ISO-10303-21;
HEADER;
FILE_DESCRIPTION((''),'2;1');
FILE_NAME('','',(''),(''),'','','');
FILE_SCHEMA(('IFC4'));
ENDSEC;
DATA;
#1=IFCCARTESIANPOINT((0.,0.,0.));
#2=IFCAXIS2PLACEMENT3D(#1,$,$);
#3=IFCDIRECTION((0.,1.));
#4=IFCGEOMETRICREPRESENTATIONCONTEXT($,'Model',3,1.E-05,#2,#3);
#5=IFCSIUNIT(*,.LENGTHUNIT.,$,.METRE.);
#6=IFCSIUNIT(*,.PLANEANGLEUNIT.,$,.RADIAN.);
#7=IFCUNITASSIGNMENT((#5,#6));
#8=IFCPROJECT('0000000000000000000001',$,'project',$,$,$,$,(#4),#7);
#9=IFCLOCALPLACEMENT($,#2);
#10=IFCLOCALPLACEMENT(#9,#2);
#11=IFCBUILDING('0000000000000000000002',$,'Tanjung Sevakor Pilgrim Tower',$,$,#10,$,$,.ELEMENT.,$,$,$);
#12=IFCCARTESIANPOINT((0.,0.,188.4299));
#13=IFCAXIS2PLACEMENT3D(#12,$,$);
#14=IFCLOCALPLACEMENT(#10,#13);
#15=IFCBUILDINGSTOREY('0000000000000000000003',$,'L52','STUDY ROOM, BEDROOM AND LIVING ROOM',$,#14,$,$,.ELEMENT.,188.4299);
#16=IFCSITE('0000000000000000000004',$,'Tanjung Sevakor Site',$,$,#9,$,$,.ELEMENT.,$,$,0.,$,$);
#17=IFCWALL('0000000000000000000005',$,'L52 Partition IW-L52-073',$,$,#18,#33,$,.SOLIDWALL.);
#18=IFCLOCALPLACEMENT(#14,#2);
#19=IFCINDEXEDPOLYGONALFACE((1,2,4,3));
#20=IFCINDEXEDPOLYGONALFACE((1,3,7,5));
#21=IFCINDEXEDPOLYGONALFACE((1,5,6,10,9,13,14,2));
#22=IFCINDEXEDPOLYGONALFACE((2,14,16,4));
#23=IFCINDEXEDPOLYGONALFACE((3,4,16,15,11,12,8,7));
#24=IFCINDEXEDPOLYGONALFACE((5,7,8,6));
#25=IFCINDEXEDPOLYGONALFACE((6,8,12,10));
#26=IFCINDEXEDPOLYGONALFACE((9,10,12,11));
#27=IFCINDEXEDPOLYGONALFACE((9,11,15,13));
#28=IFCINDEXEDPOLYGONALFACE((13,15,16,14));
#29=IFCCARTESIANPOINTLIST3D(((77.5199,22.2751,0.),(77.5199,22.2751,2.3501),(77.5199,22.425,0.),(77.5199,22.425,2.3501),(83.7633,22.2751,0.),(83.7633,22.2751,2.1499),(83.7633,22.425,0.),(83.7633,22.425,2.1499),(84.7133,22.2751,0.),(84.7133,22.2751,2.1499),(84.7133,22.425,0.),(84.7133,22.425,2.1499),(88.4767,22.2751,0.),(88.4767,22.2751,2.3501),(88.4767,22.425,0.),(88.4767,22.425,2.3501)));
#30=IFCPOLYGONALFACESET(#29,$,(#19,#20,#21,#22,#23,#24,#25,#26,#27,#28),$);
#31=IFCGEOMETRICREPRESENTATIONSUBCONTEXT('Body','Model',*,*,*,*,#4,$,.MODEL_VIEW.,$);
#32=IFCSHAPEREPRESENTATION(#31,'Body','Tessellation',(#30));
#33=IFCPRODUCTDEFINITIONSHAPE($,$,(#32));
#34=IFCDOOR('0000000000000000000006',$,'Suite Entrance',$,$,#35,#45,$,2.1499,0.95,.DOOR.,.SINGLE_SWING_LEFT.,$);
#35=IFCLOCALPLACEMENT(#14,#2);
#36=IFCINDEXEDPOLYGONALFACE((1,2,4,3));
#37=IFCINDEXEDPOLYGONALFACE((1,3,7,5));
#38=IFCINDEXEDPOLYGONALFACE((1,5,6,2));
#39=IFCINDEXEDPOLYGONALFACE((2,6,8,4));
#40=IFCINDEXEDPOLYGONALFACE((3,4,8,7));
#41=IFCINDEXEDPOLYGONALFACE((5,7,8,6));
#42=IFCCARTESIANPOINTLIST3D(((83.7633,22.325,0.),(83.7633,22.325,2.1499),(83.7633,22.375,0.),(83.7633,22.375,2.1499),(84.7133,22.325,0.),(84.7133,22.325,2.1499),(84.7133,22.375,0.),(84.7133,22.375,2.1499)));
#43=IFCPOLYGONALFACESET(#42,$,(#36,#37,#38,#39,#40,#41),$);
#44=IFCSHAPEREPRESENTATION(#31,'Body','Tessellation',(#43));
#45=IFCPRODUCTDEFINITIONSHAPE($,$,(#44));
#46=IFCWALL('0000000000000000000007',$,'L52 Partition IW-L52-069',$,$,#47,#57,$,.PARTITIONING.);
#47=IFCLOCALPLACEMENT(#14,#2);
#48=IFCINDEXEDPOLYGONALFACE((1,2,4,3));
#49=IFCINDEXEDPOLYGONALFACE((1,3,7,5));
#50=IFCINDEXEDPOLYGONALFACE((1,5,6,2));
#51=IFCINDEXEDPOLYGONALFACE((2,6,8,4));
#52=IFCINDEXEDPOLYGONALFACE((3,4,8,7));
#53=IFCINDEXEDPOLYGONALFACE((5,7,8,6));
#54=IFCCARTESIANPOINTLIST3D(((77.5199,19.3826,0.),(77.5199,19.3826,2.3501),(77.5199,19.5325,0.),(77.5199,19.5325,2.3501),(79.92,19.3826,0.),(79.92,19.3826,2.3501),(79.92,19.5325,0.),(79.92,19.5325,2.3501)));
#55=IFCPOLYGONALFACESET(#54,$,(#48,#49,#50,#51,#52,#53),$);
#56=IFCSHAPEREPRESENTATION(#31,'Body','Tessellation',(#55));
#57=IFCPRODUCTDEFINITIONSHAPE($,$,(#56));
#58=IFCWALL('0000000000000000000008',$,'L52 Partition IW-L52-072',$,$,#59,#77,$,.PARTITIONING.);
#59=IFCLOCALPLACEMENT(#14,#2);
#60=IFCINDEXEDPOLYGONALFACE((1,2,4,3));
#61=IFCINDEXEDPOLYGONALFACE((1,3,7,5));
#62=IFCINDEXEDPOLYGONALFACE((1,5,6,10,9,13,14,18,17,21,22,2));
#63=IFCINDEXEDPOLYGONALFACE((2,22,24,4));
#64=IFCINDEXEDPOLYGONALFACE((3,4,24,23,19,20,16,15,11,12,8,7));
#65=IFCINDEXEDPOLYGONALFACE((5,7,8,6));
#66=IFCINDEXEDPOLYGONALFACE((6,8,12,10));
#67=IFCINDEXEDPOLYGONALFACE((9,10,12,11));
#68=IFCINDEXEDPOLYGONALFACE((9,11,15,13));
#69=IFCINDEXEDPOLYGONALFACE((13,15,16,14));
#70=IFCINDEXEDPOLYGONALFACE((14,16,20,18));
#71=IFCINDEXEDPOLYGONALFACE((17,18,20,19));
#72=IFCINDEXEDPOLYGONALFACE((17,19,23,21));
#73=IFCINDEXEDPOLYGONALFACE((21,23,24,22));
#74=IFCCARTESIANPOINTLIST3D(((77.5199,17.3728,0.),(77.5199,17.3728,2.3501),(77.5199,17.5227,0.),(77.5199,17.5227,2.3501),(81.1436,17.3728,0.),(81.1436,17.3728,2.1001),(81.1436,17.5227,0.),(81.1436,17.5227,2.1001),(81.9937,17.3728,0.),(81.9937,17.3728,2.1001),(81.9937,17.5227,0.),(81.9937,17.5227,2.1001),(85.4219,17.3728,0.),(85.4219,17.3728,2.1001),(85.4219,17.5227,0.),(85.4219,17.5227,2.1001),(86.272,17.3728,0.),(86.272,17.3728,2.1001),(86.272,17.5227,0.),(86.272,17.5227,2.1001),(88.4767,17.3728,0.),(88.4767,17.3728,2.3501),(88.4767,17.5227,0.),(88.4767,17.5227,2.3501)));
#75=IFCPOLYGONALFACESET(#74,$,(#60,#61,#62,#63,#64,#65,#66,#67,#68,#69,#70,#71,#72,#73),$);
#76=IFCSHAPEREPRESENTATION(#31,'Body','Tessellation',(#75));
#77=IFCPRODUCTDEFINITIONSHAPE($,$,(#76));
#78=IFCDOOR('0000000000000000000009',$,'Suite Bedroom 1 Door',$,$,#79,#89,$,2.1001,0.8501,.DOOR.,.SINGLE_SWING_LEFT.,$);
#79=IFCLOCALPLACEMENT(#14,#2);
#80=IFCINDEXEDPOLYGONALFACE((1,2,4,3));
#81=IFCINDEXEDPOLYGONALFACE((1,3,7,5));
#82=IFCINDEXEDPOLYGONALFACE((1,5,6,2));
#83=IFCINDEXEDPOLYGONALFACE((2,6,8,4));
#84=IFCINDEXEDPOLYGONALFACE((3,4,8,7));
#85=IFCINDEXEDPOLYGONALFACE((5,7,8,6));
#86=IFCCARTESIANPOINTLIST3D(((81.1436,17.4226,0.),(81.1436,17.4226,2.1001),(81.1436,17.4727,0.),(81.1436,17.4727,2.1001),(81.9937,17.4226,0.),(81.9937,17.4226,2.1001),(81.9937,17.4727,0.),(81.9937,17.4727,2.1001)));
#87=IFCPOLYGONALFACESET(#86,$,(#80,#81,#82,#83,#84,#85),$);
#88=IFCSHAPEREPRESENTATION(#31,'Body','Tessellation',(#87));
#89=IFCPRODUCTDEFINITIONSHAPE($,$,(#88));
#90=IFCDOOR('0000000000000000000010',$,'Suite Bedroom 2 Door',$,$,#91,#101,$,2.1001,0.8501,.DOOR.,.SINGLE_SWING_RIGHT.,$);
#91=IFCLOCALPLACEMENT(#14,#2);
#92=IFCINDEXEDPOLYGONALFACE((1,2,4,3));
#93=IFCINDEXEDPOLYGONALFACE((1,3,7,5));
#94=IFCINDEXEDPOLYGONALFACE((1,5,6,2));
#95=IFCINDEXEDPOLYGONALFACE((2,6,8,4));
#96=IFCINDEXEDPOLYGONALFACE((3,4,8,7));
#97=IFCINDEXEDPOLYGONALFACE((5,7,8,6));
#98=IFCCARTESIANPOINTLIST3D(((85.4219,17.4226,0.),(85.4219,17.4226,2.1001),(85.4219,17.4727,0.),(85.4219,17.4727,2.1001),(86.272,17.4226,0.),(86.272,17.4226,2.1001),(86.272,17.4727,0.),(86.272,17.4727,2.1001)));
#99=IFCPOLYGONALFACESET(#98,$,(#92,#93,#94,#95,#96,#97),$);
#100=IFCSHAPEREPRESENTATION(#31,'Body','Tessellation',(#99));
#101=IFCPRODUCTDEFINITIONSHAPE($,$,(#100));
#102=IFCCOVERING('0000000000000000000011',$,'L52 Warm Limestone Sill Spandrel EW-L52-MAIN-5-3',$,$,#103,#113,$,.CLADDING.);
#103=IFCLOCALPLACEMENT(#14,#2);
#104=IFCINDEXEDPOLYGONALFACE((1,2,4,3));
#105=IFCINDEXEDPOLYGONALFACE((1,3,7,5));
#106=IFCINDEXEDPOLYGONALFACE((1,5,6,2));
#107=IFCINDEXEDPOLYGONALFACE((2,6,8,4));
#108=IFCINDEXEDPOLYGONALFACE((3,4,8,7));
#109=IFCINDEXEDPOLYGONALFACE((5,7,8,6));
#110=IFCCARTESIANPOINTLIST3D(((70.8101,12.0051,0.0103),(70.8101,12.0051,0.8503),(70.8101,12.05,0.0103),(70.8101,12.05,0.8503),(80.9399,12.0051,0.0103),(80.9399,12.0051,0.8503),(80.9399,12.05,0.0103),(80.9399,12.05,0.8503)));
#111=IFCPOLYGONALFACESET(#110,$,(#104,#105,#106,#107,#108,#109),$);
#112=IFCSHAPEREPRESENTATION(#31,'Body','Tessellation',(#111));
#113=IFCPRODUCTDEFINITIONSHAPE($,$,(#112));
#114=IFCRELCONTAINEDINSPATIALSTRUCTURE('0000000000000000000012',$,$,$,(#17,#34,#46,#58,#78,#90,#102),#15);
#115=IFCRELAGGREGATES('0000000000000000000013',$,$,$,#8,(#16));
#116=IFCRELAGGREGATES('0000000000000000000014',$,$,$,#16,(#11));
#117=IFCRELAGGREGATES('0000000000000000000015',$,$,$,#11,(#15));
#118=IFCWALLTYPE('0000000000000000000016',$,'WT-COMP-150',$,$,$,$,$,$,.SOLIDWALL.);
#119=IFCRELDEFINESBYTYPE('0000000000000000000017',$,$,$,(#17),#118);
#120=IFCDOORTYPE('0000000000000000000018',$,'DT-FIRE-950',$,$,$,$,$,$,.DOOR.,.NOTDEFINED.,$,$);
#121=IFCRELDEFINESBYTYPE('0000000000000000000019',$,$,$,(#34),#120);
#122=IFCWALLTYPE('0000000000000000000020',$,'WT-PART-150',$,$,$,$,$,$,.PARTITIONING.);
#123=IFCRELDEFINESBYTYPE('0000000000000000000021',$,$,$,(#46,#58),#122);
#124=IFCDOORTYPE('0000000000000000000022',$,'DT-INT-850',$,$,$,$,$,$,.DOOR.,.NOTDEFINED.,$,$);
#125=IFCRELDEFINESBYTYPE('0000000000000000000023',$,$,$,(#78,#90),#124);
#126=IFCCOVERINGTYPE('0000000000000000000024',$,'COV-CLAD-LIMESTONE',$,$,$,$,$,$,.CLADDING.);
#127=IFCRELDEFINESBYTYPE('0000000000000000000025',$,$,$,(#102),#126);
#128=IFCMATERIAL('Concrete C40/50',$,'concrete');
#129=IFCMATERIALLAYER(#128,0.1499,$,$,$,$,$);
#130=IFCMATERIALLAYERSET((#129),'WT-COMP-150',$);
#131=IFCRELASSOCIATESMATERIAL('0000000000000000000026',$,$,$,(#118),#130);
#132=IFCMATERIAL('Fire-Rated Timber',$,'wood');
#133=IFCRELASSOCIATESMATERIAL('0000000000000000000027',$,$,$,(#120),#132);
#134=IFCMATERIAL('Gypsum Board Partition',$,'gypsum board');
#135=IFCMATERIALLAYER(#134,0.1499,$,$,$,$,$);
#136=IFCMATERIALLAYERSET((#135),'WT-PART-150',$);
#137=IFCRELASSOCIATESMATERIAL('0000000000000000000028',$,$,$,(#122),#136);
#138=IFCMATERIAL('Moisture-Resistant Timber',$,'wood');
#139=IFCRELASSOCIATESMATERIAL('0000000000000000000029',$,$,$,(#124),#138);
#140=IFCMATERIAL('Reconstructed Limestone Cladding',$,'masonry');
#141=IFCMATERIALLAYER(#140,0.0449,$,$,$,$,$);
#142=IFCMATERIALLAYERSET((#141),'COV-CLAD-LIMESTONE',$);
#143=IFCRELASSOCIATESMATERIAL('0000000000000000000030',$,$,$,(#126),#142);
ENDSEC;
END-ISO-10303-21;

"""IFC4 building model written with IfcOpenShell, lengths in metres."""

from ifc_helpers import new_model, si_unit, direction, frame, frame_2d, origin, origin_2d, place, context, subcontext, project, spatial, rectangle, extrude, material, layer, layer_set, type_object, element, fill, save


model = new_model("IFC4")

# Units and contexts
model_context = context("Model", 3, precision=1e-05, world=origin(), true_north=direction((0.0, 1.0)))
body_context = subcontext(model_context, "Body", "Model", "MODEL_VIEW")
ifc_project = project(units=[si_unit("LENGTHUNIT", "METRE"), si_unit("PLANEANGLEUNIT", "RADIAN")], contexts=[model_context])

# Site, building, storey
site_placement = place(None, origin())
site = spatial("IfcSite", under=ifc_project, at=site_placement, Name="Tanjung Sevakor Site", CompositionType="ELEMENT", RefElevation=0.0)
building_placement = place(site_placement, origin())
building = spatial("IfcBuilding", under=site, at=building_placement, Name="Tanjung Sevakor Pilgrim Tower", CompositionType="ELEMENT")
storey_placement = place(building_placement, frame((0.0, 0.0, 188.4299)))
storey = spatial("IfcBuildingStorey", under=building, at=storey_placement, Name="L52", Description="STUDY ROOM, BEDROOM AND LIVING ROOM", CompositionType="ELEMENT", Elevation=188.4299)

# Shared definitions
ifc_material_1 = material(Name="Concrete C40/50", Category="concrete")
ifc_layer_1 = layer(ifc_material_1, 0.1499)
ifc_layer_set_1 = layer_set([ifc_layer_1], Name="WT-COMP-150")
wall_type_1 = type_object("IfcWallType", Name="WT-COMP-150", PredefinedType="SOLIDWALL", material=ifc_layer_set_1)

# Wall, opening, door
wall_1_placement = place(storey_placement, frame((77.5198, 22.3501, 0.0), z_axis=(0.0, 0.0, 1.0), x_axis=(1.0, 0.0, 0.0)))
wall_1 = element("IfcWall", 1, at=wall_1_placement, inside=storey, type_object=wall_type_1, Name="L52 Partition IW-L52-073", PredefinedType="SOLIDWALL", context=body_context, shape_type="SweptSolid", body=[
    extrude(rectangle(XDim=10.9568, YDim=0.1499, at=frame_2d((5.4785, 0.0))), origin(), (0.0, 0.0, 1.0), 2.3501),
])
opening_1_placement = place(wall_1_placement, frame((6.2434, 0.0, 0.0)))
opening_1 = element("IfcOpeningElement", 2, at=opening_1_placement, cuts=wall_1, PredefinedType="OPENING", context=body_context, shape_type="SweptSolid", body=[
    extrude(rectangle(XDim=0.95, YDim=2.1499, at=frame_2d((0.4751, 1.075))), frame((0.0, 0.085, 0.0), z_axis=(0.0, -1.0, 0.0), x_axis=(1.0, 0.0, 0.0)), (0.0, 0.0, 1.0), 0.1699),
])
ifc_material_2 = material(Name="Fire-Rated Timber", Category="wood")
door_type_1 = type_object("IfcDoorType", Name="DT-FIRE-950", OperationType="NOTDEFINED", PredefinedType="DOOR", material=ifc_material_2)
door_1_placement = place(opening_1_placement, origin())
door_1 = element("IfcDoor", 3, at=door_1_placement, inside=storey, type_object=door_type_1, Name="Suite Entrance", OperationType="SINGLE_SWING_LEFT", OverallHeight=2.1499, OverallWidth=0.95, PredefinedType="DOOR", context=body_context, shape_type="SweptSolid", body=[
    extrude(rectangle(XDim=0.95, YDim=2.1499, at=frame_2d((0.4751, 1.075))), frame((0.0, 0.0249, 0.0), z_axis=(0.0, -1.0, 0.0), x_axis=(1.0, 0.0, 0.0)), (0.0, 0.0, 1.0), 0.05),
])
fill(opening_1, door_1)

# Wall
ifc_material_3 = material(Name="Gypsum Board Partition", Category="gypsum board")
ifc_layer_2 = layer(ifc_material_3, 0.1499)
ifc_layer_set_2 = layer_set([ifc_layer_2], Name="WT-PART-150")
wall_type_2 = type_object("IfcWallType", Name="WT-PART-150", PredefinedType="PARTITIONING", material=ifc_layer_set_2)
wall_2_placement = place(storey_placement, frame((77.5198, 19.4575, 0.0), z_axis=(0.0, 0.0, 1.0), x_axis=(1.0, 0.0, 0.0)))
element("IfcWall", 4, at=wall_2_placement, inside=storey, type_object=wall_type_2, Name="L52 Partition IW-L52-069", PredefinedType="PARTITIONING", context=body_context, shape_type="SweptSolid", body=[
    extrude(rectangle(XDim=2.4001, YDim=0.1499, at=frame_2d((1.2002, 0.0))), origin(), (0.0, 0.0, 1.0), 2.3501),
])

# Wall, openings, doors
wall_3_placement = place(storey_placement, frame((77.5198, 17.4478, 0.0), z_axis=(0.0, 0.0, 1.0), x_axis=(1.0, 0.0, 0.0)))
wall_3 = element("IfcWall", 5, at=wall_3_placement, inside=storey, type_object=wall_type_2, Name="L52 Partition IW-L52-072", PredefinedType="PARTITIONING", context=body_context, shape_type="SweptSolid", body=[
    extrude(rectangle(XDim=10.9568, YDim=0.1499, at=frame_2d((5.4785, 0.0))), origin(), (0.0, 0.0, 1.0), 2.3501),
])
opening_2_placement = place(wall_3_placement, frame((3.6238, 0.0, 0.0)))
opening_2 = element("IfcOpeningElement", 6, at=opening_2_placement, cuts=wall_3, PredefinedType="OPENING", context=body_context, shape_type="SweptSolid", body=[
    extrude(rectangle(XDim=0.8501, YDim=2.1001, at=frame_2d((0.425, 1.05))), frame((0.0, 0.085, 0.0), z_axis=(0.0, -1.0, 0.0), x_axis=(1.0, 0.0, 0.0)), (0.0, 0.0, 1.0), 0.1699),
])
opening_3_placement = place(wall_3_placement, frame((7.9021, 0.0, 0.0)))
opening_3 = element("IfcOpeningElement", 7, at=opening_3_placement, cuts=wall_3, PredefinedType="OPENING", context=body_context, shape_type="SweptSolid", body=[
    extrude(rectangle(XDim=0.8501, YDim=2.1001, at=frame_2d((0.425, 1.05))), frame((0.0, 0.085, 0.0), z_axis=(0.0, -1.0, 0.0), x_axis=(1.0, 0.0, 0.0)), (0.0, 0.0, 1.0), 0.1699),
])
ifc_material_4 = material(Name="Moisture-Resistant Timber", Category="wood")
door_type_2 = type_object("IfcDoorType", Name="DT-INT-850", OperationType="NOTDEFINED", PredefinedType="DOOR", material=ifc_material_4)
door_2_placement = place(opening_2_placement, origin())
door_2 = element("IfcDoor", 8, at=door_2_placement, inside=storey, type_object=door_type_2, Name="Suite Bedroom 1 Door", OperationType="SINGLE_SWING_LEFT", OverallHeight=2.1001, OverallWidth=0.8501, PredefinedType="DOOR", context=body_context, shape_type="SweptSolid", body=[
    extrude(rectangle(XDim=0.8501, YDim=2.1001, at=frame_2d((0.425, 1.05))), frame((0.0, 0.0249, 0.0), z_axis=(0.0, -1.0, 0.0), x_axis=(1.0, 0.0, 0.0)), (0.0, 0.0, 1.0), 0.05),
])
fill(opening_2, door_2)
door_3_placement = place(opening_3_placement, origin())
door_3 = element("IfcDoor", 9, at=door_3_placement, inside=storey, type_object=door_type_2, Name="Suite Bedroom 2 Door", OperationType="SINGLE_SWING_RIGHT", OverallHeight=2.1001, OverallWidth=0.8501, PredefinedType="DOOR", context=body_context, shape_type="SweptSolid", body=[
    extrude(rectangle(XDim=0.8501, YDim=2.1001, at=frame_2d((0.425, 1.05))), frame((0.0, 0.0249, 0.0), z_axis=(0.0, -1.0, 0.0), x_axis=(1.0, 0.0, 0.0)), (0.0, 0.0, 1.0), 0.05),
])
fill(opening_3, door_3)

# Covering
ifc_material_5 = material(Name="Reconstructed Limestone Cladding", Category="masonry")
ifc_layer_3 = layer(ifc_material_5, 0.0449)
ifc_layer_set_3 = layer_set([ifc_layer_3], Name="COV-CLAD-LIMESTONE")
covering_type = type_object("IfcCoveringType", Name="COV-CLAD-LIMESTONE", PredefinedType="CLADDING", material=ifc_layer_set_3)
covering_placement = place(storey_placement, frame((75.875, 12.0276, 0.0103), z_axis=(0.0, 0.0, 1.0), x_axis=(1.0, 0.0, 0.0)))
element("IfcCovering", 10, at=covering_placement, inside=storey, type_object=covering_type, Name="L52 Warm Limestone Sill Spandrel EW-L52-MAIN-5-3", PredefinedType="CLADDING", context=body_context, shape_type="SweptSolid", body=[
    extrude(rectangle(XDim=10.1299, YDim=0.0449, at=origin_2d()), origin(), (0.0, 0.0, 1.0), 0.8401),
])

save(model, "model.ifc")
